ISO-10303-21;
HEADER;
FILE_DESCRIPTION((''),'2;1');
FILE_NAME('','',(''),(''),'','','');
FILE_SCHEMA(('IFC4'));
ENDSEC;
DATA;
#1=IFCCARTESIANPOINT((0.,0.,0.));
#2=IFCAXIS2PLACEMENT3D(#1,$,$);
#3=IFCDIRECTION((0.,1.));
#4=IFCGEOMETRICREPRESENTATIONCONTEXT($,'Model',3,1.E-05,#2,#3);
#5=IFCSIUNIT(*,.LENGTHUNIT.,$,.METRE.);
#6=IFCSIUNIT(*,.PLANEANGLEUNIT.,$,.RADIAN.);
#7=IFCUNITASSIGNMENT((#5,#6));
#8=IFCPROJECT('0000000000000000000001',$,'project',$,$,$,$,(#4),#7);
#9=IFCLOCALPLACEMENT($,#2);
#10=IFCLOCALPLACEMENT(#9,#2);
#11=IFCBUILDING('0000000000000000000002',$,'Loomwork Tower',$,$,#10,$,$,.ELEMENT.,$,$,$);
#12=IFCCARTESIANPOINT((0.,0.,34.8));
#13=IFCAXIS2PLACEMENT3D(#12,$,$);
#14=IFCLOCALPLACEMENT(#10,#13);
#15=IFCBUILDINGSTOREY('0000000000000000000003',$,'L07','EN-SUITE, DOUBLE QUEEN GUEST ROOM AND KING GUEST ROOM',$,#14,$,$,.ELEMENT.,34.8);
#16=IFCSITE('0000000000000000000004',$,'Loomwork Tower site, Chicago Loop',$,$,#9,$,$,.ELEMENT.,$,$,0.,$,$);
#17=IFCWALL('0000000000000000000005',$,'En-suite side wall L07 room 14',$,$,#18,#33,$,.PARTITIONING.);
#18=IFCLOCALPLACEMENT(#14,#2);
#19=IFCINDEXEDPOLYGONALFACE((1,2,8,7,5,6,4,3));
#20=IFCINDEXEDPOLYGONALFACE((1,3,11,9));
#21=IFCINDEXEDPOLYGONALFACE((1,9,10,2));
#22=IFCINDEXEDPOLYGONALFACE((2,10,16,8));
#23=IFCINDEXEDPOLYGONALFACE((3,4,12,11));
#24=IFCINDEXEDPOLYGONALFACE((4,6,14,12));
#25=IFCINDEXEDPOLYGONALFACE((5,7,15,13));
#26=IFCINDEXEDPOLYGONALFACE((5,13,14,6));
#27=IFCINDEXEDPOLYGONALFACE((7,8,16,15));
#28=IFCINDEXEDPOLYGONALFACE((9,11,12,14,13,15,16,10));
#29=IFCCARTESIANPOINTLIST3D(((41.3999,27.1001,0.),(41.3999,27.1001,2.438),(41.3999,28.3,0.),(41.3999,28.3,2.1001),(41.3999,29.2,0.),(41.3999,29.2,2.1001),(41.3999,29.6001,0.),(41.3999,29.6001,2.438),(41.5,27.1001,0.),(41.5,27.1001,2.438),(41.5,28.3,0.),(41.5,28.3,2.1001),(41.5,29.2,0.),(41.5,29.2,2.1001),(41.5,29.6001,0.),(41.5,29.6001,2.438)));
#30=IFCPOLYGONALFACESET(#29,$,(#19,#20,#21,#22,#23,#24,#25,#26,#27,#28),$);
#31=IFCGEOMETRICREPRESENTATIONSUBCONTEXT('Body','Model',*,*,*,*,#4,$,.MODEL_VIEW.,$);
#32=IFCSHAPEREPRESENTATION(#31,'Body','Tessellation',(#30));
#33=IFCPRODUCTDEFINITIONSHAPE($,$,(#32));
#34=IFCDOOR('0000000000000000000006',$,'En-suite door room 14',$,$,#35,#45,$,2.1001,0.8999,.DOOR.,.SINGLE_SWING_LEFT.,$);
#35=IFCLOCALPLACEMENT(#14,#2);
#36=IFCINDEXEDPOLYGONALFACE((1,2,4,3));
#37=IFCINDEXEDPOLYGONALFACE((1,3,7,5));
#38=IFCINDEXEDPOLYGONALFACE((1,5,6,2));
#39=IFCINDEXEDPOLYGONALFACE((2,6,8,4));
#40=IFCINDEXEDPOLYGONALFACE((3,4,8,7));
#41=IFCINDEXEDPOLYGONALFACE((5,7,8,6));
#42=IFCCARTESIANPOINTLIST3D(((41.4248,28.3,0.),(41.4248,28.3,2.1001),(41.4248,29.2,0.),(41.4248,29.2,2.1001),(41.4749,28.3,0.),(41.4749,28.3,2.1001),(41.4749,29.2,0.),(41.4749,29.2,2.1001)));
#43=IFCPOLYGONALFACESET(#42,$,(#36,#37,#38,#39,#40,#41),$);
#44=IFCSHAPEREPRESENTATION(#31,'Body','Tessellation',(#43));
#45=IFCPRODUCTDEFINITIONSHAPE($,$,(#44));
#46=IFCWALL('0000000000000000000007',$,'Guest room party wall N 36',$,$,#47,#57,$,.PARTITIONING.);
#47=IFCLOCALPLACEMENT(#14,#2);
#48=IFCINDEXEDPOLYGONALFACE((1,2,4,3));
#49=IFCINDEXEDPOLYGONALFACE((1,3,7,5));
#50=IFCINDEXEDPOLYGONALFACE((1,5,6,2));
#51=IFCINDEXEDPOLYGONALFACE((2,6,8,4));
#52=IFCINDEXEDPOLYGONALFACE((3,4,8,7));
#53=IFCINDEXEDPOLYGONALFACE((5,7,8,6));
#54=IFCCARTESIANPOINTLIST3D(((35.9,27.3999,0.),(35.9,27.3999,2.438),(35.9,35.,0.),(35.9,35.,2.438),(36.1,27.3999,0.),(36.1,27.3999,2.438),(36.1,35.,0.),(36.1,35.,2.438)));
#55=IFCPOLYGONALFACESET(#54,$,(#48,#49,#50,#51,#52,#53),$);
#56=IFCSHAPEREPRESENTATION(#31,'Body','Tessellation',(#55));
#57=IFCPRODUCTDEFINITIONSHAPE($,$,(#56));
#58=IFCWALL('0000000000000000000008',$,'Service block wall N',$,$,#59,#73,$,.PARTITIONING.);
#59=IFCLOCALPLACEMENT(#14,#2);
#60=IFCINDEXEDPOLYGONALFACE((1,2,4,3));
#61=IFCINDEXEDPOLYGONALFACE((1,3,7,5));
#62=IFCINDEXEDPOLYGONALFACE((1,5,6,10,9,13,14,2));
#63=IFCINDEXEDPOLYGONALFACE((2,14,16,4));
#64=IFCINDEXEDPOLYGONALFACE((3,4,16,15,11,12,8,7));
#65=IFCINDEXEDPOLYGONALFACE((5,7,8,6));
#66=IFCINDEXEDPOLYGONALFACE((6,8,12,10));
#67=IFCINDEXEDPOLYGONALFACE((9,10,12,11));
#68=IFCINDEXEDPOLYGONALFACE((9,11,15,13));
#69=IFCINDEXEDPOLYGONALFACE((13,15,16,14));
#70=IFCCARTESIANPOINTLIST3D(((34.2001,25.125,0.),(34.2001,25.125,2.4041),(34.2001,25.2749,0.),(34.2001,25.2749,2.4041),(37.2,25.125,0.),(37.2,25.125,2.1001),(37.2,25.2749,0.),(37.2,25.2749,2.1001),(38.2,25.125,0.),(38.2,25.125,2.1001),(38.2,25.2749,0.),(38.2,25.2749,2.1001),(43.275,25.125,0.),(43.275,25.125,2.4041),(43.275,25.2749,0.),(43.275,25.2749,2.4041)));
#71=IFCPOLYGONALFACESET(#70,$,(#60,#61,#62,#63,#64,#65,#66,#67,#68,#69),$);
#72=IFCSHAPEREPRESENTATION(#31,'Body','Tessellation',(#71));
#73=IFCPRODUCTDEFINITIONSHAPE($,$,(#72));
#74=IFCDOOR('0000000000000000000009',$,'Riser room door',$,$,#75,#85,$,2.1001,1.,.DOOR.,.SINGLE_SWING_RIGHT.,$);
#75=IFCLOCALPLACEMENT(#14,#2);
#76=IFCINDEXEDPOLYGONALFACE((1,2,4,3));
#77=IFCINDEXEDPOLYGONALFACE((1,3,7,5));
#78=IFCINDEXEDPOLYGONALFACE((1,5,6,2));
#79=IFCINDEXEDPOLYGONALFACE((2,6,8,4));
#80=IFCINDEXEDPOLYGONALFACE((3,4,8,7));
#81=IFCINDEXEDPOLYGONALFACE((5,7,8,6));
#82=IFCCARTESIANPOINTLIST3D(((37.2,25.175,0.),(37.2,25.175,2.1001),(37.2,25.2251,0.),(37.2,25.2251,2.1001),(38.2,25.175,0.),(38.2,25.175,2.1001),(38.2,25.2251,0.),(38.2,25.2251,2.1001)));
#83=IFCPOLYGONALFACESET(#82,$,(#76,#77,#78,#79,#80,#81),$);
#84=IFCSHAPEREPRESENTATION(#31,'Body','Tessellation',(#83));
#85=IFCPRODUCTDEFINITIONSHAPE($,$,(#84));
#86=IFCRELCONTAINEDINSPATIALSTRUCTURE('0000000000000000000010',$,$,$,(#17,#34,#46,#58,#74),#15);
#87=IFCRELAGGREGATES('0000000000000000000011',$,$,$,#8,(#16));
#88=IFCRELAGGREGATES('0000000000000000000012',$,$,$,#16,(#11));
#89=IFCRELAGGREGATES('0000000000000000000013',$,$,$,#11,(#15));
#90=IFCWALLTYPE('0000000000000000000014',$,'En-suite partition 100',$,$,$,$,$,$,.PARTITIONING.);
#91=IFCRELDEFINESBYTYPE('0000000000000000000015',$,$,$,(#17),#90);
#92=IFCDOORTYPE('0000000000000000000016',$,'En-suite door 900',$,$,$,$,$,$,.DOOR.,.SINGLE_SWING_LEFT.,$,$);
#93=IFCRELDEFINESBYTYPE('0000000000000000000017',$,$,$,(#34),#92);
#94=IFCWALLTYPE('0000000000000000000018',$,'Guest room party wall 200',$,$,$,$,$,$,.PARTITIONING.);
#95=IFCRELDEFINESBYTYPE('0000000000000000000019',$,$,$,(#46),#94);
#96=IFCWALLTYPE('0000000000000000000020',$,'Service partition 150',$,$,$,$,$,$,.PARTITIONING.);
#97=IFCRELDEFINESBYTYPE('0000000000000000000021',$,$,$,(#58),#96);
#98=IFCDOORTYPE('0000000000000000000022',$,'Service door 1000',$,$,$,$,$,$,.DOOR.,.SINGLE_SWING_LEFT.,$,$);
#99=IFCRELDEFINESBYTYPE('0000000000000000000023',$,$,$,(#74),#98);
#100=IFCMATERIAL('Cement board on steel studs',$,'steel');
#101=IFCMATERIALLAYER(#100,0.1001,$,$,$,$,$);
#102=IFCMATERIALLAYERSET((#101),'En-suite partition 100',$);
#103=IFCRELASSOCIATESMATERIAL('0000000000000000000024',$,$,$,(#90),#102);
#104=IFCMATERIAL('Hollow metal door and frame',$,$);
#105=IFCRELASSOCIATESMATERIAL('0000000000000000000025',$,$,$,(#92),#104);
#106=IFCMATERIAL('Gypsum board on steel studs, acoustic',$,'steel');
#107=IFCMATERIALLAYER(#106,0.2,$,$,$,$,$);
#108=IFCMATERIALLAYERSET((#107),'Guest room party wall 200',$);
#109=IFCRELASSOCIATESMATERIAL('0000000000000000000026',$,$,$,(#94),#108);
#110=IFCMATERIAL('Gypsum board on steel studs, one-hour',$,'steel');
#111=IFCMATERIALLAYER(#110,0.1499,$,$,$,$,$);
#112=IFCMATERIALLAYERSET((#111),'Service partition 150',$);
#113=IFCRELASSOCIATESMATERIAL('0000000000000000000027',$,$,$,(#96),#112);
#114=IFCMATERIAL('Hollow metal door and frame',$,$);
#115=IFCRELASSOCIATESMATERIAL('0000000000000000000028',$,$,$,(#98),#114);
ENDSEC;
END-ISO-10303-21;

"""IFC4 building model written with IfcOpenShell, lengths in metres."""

from ifc_helpers import new_model, si_unit, direction, frame, frame_2d, origin, place, context, subcontext, project, spatial, rectangle, extrude, material, layer, layer_set, type_object, element, fill, save


model = new_model("IFC4")

# Units and contexts
model_context = context("Model", 3, precision=1e-05, world=origin(), true_north=direction((0.0, 1.0)))
body_context = subcontext(model_context, "Body", "Model", "MODEL_VIEW")
ifc_project = project(units=[si_unit("LENGTHUNIT", "METRE"), si_unit("PLANEANGLEUNIT", "RADIAN")], contexts=[model_context])

# Site, building, storey
site_placement = place(None, origin())
site = spatial("IfcSite", under=ifc_project, at=site_placement, Name="Loomwork Tower site, Chicago Loop", CompositionType="ELEMENT", RefElevation=0.0)
building_placement = place(site_placement, origin())
building = spatial("IfcBuilding", under=site, at=building_placement, Name="Loomwork Tower", CompositionType="ELEMENT")
storey_placement = place(building_placement, frame((0.0, 0.0, 34.8)))
storey = spatial("IfcBuildingStorey", under=building, at=storey_placement, Name="L07", Description="EN-SUITE, DOUBLE QUEEN GUEST ROOM AND KING GUEST ROOM", CompositionType="ELEMENT", Elevation=34.8)

# Shared definitions
ifc_material_1 = material(Name="Cement board on steel studs", Category="steel")
ifc_layer_1 = layer(ifc_material_1, 0.1001)
ifc_layer_set_1 = layer_set([ifc_layer_1], Name="En-suite partition 100")
wall_type_1 = type_object("IfcWallType", Name="En-suite partition 100", PredefinedType="PARTITIONING", material=ifc_layer_set_1)

# Wall, opening, door
ifc_material_2 = material(Name="Hollow metal door and frame")
door_type_1 = type_object("IfcDoorType", Name="En-suite door 900", OperationType="SINGLE_SWING_LEFT", PredefinedType="DOOR", material=ifc_material_2)
wall_1_placement = place(storey_placement, frame((41.45, 27.1001, 0.0), z_axis=(0.0, 0.0, 1.0), x_axis=(0.0, 1.0, 0.0)))
wall_1 = element("IfcWall", 1, at=wall_1_placement, inside=storey, type_object=wall_type_1, Name="En-suite side wall L07 room 14", PredefinedType="PARTITIONING", context=body_context, shape_type="SweptSolid", body=[
    extrude(rectangle(XDim=2.5, YDim=0.1001, at=frame_2d((1.25, 0.0))), origin(), (0.0, 0.0, 1.0), 2.438),
])
opening_1_placement = place(wall_1_placement, frame((1.2, 0.0, 0.0)))
opening_1 = element("IfcOpeningElement", 2, at=opening_1_placement, cuts=wall_1, PredefinedType="OPENING", context=body_context, shape_type="SweptSolid", body=[
    extrude(rectangle(XDim=0.8999, YDim=2.1001, at=frame_2d((0.45, 1.05))), frame((0.0, 0.0601, 0.0), z_axis=(0.0, -1.0, 0.0), x_axis=(1.0, 0.0, 0.0)), (0.0, 0.0, 1.0), 0.1201),
])
door_1_placement = place(opening_1_placement, frame((0.8999, 0.0, 0.0), z_axis=(0.0, 0.0, 1.0), x_axis=(-1.0, 0.0, 0.0)))
door_1 = element("IfcDoor", 3, at=door_1_placement, inside=storey, type_object=door_type_1, Name="En-suite door room 14", OperationType="SINGLE_SWING_LEFT", OverallHeight=2.1001, OverallWidth=0.8999, PredefinedType="DOOR", context=body_context, shape_type="SweptSolid", body=[
    extrude(rectangle(XDim=0.8999, YDim=2.1001, at=frame_2d((0.45, 1.05))), frame((0.0, 0.0249, 0.0), z_axis=(0.0, -1.0, 0.0), x_axis=(1.0, 0.0, 0.0)), (0.0, 0.0, 1.0), 0.05),
])
fill(opening_1, door_1)

# Wall
ifc_material_3 = material(Name="Gypsum board on steel studs, acoustic", Category="steel")
ifc_layer_2 = layer(ifc_material_3, 0.2)
ifc_layer_set_2 = layer_set([ifc_layer_2], Name="Guest room party wall 200")
wall_type_2 = type_object("IfcWallType", Name="Guest room party wall 200", PredefinedType="PARTITIONING", material=ifc_layer_set_2)
wall_2_placement = place(storey_placement, frame((36.0, 27.3999, 0.0), z_axis=(0.0, 0.0, 1.0), x_axis=(0.0, 1.0, 0.0)))
element("IfcWall", 4, at=wall_2_placement, inside=storey, type_object=wall_type_2, Name="Guest room party wall N 36", PredefinedType="PARTITIONING", context=body_context, shape_type="SweptSolid", body=[
    extrude(rectangle(XDim=7.6001, YDim=0.2, at=frame_2d((3.8, 0.0))), origin(), (0.0, 0.0, 1.0), 2.438),
])

# Wall, opening, door
ifc_material_4 = material(Name="Gypsum board on steel studs, one-hour", Category="steel")
ifc_layer_3 = layer(ifc_material_4, 0.1499)
ifc_layer_set_3 = layer_set([ifc_layer_3], Name="Service partition 150")
wall_type_3 = type_object("IfcWallType", Name="Service partition 150", PredefinedType="PARTITIONING", material=ifc_layer_set_3)
wall_3_placement = place(storey_placement, frame((34.2, 25.2, 0.0), z_axis=(0.0, 0.0, 1.0), x_axis=(1.0, 0.0, 0.0)))
wall_3 = element("IfcWall", 5, at=wall_3_placement, inside=storey, type_object=wall_type_3, Name="Service block wall N", PredefinedType="PARTITIONING", context=body_context, shape_type="SweptSolid", body=[
    extrude(rectangle(XDim=9.075, YDim=0.1499, at=frame_2d((4.5376, 0.0))), origin(), (0.0, 0.0, 1.0), 2.4041),
])
opening_2_placement = place(wall_3_placement, frame((3.0, 0.0, 0.0)))
opening_2 = element("IfcOpeningElement", 6, at=opening_2_placement, cuts=wall_3, PredefinedType="OPENING", context=body_context, shape_type="SweptSolid", body=[
    extrude(rectangle(XDim=1.0, YDim=2.1001, at=frame_2d((0.5, 1.05))), frame((0.0, 0.085, 0.0), z_axis=(0.0, -1.0, 0.0), x_axis=(1.0, 0.0, 0.0)), (0.0, 0.0, 1.0), 0.1699),
])
ifc_material_5 = material(Name="Hollow metal door and frame")
door_type_2 = type_object("IfcDoorType", Name="Service door 1000", OperationType="SINGLE_SWING_LEFT", PredefinedType="DOOR", material=ifc_material_5)
door_2_placement = place(opening_2_placement, frame((1.0, 0.0, 0.0), z_axis=(0.0, 0.0, 1.0), x_axis=(-1.0, 0.0, 0.0)))
door_2 = element("IfcDoor", 7, at=door_2_placement, inside=storey, type_object=door_type_2, Name="Riser room door", OperationType="SINGLE_SWING_RIGHT", OverallHeight=2.1001, OverallWidth=1.0, PredefinedType="DOOR", context=body_context, shape_type="SweptSolid", body=[
    extrude(rectangle(XDim=1.0, YDim=2.1001, at=frame_2d((0.5, 1.05))), frame((0.0, 0.0249, 0.0), z_axis=(0.0, -1.0, 0.0), x_axis=(1.0, 0.0, 0.0)), (0.0, 0.0, 1.0), 0.05),
])
fill(opening_2, door_2)

save(model, "model.ifc")
